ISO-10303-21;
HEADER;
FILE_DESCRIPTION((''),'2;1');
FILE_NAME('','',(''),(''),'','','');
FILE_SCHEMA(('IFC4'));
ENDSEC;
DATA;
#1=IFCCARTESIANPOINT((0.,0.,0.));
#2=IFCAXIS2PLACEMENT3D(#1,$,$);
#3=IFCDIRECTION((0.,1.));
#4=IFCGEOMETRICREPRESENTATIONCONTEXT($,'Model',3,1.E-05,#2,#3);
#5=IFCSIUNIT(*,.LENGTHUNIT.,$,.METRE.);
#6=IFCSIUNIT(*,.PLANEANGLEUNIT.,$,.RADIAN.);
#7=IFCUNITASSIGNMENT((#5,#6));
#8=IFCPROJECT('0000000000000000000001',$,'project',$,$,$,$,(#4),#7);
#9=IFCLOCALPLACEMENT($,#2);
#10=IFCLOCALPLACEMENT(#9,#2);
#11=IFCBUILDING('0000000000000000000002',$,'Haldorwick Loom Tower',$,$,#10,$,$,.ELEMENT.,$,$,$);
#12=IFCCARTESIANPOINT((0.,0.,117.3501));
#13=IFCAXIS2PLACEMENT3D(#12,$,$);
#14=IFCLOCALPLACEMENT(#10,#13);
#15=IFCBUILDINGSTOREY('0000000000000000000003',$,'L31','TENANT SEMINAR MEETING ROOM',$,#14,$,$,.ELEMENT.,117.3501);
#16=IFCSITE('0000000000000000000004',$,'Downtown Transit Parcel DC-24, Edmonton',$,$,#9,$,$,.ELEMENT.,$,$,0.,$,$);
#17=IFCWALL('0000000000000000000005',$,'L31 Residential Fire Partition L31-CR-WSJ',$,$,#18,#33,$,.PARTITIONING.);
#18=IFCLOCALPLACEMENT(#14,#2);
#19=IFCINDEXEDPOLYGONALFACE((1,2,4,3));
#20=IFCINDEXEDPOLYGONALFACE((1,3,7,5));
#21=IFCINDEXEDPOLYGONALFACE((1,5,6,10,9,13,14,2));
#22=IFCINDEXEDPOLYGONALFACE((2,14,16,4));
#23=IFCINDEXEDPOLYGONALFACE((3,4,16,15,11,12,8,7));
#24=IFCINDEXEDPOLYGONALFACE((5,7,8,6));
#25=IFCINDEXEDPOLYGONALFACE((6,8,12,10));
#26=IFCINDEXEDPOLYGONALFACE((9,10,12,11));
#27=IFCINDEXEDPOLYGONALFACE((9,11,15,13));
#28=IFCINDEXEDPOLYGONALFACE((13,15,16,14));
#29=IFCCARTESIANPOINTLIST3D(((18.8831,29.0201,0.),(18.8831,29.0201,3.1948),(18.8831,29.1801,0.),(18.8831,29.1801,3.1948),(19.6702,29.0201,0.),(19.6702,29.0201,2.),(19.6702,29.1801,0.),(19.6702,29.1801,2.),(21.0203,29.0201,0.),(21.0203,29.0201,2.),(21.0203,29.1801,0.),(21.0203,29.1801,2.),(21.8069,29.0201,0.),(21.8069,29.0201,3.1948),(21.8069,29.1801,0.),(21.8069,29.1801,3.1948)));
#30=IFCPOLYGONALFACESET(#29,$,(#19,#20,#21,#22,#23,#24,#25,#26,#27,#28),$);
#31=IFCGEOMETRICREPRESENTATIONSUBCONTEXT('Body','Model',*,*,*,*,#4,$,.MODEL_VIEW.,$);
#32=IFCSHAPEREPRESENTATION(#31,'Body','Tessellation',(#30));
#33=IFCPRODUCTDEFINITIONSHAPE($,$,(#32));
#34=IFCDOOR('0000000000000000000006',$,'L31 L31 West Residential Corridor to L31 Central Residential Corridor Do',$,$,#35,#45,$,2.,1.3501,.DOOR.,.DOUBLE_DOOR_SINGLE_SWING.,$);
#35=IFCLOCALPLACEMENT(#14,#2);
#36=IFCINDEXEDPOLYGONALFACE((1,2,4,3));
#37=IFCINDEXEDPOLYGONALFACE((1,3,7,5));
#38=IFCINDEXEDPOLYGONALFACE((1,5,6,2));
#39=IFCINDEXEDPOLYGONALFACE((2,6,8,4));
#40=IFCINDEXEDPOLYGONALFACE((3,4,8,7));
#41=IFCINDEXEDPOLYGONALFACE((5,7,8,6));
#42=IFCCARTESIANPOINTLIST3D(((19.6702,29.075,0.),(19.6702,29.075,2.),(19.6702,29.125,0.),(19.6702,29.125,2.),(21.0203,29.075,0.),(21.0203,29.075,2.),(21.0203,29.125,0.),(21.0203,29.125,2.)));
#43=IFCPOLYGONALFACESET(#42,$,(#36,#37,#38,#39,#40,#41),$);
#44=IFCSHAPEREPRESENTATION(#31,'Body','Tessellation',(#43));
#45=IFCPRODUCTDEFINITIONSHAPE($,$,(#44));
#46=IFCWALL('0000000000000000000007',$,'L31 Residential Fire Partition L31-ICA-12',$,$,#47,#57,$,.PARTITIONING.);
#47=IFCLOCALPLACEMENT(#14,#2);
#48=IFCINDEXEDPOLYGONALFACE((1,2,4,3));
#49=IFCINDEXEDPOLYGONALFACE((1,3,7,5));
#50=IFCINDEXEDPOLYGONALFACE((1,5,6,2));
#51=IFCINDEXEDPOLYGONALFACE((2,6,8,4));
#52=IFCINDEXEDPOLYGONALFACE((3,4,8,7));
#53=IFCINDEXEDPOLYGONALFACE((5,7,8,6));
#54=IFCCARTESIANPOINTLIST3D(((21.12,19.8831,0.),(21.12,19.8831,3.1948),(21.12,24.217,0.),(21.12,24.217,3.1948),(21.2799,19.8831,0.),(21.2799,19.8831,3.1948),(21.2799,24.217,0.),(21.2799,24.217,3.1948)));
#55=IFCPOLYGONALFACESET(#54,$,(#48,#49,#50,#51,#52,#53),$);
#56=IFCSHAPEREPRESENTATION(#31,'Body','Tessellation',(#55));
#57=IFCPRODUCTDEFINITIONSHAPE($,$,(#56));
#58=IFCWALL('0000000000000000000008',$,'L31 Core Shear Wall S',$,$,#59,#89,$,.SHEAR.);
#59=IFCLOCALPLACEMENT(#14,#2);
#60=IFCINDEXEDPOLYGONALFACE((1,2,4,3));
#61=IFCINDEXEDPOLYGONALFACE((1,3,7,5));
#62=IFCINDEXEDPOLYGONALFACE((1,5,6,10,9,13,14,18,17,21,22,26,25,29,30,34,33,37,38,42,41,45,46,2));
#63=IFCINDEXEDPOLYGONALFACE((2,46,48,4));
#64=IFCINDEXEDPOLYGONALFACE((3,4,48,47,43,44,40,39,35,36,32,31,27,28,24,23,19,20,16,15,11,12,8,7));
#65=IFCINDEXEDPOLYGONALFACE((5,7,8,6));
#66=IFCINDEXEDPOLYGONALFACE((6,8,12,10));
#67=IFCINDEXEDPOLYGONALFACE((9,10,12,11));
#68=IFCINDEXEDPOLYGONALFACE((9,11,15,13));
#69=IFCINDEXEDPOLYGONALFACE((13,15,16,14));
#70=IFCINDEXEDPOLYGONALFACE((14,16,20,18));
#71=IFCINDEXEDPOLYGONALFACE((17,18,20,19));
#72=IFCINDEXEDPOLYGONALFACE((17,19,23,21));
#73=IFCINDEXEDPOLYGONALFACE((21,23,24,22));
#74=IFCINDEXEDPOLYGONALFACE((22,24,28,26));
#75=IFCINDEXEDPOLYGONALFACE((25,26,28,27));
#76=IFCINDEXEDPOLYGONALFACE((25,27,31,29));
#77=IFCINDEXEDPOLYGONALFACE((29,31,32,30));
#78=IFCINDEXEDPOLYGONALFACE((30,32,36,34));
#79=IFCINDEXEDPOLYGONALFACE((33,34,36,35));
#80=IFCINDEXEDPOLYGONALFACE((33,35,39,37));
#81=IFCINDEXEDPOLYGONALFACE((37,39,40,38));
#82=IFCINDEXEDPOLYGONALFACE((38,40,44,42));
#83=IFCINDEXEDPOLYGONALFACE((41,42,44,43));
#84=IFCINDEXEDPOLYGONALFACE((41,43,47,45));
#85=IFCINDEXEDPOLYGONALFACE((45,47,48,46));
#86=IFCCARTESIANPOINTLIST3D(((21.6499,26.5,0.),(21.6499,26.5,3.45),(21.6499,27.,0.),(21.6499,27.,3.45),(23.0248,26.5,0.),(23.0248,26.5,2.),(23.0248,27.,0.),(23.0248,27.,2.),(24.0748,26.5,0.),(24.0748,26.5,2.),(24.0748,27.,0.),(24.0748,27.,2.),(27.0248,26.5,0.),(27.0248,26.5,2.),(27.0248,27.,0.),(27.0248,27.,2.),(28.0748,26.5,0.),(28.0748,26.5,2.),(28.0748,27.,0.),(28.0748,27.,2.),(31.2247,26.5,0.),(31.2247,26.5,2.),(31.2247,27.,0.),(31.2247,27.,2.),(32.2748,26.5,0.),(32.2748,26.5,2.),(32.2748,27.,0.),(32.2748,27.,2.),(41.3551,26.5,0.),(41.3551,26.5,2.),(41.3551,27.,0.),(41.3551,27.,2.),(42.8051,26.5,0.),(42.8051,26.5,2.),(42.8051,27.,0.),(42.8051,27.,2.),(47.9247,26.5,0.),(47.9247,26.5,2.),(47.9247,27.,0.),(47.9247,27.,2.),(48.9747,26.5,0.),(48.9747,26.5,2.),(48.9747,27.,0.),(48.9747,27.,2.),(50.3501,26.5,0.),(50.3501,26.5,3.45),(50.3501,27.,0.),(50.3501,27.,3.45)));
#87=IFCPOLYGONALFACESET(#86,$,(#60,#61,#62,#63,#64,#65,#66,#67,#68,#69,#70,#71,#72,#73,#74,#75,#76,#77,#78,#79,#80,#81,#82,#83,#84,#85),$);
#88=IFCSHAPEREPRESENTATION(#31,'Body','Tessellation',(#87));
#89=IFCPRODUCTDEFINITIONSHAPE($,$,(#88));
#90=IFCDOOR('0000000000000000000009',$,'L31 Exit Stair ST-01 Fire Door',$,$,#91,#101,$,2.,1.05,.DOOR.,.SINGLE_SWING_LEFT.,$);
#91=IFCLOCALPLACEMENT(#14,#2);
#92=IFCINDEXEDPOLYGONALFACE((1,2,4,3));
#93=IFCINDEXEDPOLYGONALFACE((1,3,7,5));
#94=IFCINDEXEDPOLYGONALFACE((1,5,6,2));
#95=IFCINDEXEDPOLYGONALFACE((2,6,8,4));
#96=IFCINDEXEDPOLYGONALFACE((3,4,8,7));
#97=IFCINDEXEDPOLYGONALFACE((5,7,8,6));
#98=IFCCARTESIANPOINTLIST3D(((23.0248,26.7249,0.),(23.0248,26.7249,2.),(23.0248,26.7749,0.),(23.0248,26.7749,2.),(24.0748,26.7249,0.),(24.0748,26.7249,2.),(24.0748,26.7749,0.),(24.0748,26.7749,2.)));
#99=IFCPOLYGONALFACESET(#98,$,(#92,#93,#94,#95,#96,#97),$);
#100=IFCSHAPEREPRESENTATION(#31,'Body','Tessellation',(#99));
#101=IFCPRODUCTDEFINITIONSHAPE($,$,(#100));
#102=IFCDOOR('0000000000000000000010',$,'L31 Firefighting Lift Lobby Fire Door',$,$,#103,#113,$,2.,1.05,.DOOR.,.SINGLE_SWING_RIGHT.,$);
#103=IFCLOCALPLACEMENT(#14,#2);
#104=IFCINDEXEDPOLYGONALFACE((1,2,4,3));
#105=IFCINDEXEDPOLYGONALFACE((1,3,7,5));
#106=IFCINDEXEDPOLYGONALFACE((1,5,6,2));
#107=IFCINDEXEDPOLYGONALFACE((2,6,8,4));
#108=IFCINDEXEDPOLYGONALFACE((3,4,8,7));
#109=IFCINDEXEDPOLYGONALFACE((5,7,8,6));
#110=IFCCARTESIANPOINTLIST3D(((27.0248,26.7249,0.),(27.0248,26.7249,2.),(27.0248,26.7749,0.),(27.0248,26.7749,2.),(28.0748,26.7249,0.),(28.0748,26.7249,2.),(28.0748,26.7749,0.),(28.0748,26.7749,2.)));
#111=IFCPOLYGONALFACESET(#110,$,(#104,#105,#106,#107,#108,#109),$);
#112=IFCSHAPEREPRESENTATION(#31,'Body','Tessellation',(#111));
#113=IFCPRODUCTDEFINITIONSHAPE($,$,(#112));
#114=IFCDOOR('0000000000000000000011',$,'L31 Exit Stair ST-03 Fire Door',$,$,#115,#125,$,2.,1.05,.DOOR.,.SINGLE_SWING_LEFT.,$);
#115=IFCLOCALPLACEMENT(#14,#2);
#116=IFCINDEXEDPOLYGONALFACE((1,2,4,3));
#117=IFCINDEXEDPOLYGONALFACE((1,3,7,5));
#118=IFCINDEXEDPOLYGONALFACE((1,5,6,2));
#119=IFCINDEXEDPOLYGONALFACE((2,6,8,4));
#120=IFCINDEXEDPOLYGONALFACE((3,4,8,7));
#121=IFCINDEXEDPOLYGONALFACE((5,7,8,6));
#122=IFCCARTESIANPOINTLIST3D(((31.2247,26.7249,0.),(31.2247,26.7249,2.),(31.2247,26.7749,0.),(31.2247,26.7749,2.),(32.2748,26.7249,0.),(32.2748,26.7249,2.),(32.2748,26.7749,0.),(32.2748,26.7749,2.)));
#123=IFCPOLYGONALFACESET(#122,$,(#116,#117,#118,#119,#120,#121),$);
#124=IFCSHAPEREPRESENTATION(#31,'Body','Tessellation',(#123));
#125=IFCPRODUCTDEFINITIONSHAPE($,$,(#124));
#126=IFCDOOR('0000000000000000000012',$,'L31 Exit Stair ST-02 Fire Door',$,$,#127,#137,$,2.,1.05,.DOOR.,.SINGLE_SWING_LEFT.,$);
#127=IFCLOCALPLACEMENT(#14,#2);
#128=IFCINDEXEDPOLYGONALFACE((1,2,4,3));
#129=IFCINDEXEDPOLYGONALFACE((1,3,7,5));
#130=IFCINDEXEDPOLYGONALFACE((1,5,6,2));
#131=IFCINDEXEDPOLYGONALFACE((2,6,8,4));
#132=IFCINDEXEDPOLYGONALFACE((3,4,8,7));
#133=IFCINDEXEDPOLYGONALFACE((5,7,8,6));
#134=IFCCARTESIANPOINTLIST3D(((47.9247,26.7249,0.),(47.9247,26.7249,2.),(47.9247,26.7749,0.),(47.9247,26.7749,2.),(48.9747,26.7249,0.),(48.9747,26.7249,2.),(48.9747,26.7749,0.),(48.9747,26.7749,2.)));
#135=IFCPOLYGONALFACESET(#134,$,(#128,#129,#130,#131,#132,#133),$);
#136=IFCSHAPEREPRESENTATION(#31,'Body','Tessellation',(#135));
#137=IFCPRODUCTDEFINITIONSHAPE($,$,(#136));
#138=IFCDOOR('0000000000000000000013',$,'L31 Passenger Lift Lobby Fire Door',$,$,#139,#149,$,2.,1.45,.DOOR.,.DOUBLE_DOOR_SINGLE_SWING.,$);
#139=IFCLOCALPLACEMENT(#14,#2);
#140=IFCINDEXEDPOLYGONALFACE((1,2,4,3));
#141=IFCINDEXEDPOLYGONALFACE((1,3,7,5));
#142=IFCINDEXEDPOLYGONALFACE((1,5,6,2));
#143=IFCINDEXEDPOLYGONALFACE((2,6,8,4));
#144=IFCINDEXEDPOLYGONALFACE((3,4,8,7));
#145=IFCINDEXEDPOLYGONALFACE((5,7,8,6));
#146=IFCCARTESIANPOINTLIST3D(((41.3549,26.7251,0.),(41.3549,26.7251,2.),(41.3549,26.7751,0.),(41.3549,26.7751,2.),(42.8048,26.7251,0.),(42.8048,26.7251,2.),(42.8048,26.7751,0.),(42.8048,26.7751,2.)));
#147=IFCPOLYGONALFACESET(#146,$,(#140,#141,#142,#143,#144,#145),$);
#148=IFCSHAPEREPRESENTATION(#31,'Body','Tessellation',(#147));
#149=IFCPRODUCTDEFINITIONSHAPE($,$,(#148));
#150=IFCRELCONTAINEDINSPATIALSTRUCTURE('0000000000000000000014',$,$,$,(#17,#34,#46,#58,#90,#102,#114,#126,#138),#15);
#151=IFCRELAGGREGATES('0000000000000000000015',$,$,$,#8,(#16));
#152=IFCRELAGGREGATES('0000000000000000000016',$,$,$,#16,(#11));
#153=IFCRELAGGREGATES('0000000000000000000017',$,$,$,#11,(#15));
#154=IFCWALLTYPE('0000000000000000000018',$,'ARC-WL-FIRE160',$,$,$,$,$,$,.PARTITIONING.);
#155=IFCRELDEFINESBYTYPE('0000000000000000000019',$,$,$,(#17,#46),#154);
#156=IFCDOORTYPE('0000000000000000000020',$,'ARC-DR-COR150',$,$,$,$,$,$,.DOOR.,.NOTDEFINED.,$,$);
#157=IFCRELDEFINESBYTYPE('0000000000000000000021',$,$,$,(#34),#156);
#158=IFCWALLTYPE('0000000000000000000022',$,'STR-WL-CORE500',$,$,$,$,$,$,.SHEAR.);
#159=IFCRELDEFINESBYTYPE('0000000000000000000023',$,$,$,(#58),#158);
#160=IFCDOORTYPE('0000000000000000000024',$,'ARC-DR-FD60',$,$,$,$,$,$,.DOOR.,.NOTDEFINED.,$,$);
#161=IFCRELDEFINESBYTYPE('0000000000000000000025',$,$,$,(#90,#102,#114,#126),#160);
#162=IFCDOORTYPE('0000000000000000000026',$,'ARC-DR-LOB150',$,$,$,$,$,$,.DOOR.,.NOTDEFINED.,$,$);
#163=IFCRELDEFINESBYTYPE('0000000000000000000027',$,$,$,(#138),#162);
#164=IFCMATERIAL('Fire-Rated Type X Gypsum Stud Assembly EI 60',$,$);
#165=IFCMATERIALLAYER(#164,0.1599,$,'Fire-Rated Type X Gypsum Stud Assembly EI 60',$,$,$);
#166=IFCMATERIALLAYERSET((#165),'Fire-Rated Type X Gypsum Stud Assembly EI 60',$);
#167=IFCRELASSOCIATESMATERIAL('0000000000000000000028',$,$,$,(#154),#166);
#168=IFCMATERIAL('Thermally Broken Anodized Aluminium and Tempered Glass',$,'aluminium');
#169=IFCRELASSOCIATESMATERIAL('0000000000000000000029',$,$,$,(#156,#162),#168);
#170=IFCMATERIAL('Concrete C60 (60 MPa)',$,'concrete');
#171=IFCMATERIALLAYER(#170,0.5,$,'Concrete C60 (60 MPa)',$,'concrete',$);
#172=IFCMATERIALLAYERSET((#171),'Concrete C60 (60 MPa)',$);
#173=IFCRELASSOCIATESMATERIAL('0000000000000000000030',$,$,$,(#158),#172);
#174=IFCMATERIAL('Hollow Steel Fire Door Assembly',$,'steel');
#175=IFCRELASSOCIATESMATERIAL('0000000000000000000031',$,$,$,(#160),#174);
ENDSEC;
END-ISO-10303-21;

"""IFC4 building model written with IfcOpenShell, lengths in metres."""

from ifc_helpers import new_model, si_unit, direction, frame, frame_2d, origin, place, context, subcontext, project, spatial, rectangle, extrude, material, layer, layer_set, type_object, element, fill, save


model = new_model("IFC4")

# Units and contexts
model_context = context("Model", 3, precision=1e-05, world=origin(), true_north=direction((0.0, 1.0)))
body_context = subcontext(model_context, "Body", "Model", "MODEL_VIEW")
ifc_project = project(units=[si_unit("LENGTHUNIT", "METRE"), si_unit("PLANEANGLEUNIT", "RADIAN")], contexts=[model_context])

# Site, building, storey
site_placement = place(None, origin())
site = spatial("IfcSite", under=ifc_project, at=site_placement, Name="Downtown Transit Parcel DC-24, Edmonton", CompositionType="ELEMENT", RefElevation=0.0)
building_placement = place(site_placement, origin())
building = spatial("IfcBuilding", under=site, at=building_placement, Name="Haldorwick Loom Tower", CompositionType="ELEMENT")
storey_placement = place(building_placement, frame((0.0, 0.0, 117.3501)))
storey = spatial("IfcBuildingStorey", under=building, at=storey_placement, Name="L31", Description="TENANT SEMINAR MEETING ROOM", CompositionType="ELEMENT", Elevation=117.3501)

# Shared definitions
ifc_material_1 = material(Name="Concrete C60 (60 MPa)", Category="concrete")

# Wall, opening, door
ifc_material_2 = material(Name="Fire-Rated Type X Gypsum Stud Assembly EI 60")
ifc_layer_1 = layer(ifc_material_2, 0.1599, Name="Fire-Rated Type X Gypsum Stud Assembly EI 60")
ifc_layer_set_1 = layer_set([ifc_layer_1], Name="Fire-Rated Type X Gypsum Stud Assembly EI 60")
wall_type_1 = type_object("IfcWallType", Name="ARC-WL-FIRE160", PredefinedType="PARTITIONING", material=ifc_layer_set_1)
wall_1_placement = place(storey_placement, frame((18.8831, 29.1001, 0.0), z_axis=(0.0, 0.0, 1.0), x_axis=(1.0, 0.0, 0.0)))
wall_1 = element("IfcWall", 1, at=wall_1_placement, inside=storey, type_object=wall_type_1, Name="L31 Residential Fire Partition L31-CR-WSJ", PredefinedType="PARTITIONING", context=body_context, shape_type="SweptSolid", body=[
    extrude(rectangle(XDim=2.9238, YDim=0.1599, at=frame_2d((1.4619, 0.0))), origin(), (0.0, 0.0, 1.0), 3.1948),
])
opening_1_placement = place(wall_1_placement, frame((0.7871, 0.0, 0.0)))
opening_1 = element("IfcOpeningElement", 2, at=opening_1_placement, cuts=wall_1, PredefinedType="OPENING", context=body_context, shape_type="SweptSolid", body=[
    extrude(rectangle(XDim=1.3501, YDim=2.0, at=frame_2d((0.675, 1.0))), frame((0.0, 0.0898, 0.0), z_axis=(0.0, -1.0, 0.0), x_axis=(1.0, 0.0, 0.0)), (0.0, 0.0, 1.0), 0.1799),
])
ifc_material_3 = material(Name="Thermally Broken Anodized Aluminium and Tempered Glass", Category="aluminium")
door_type_1 = type_object("IfcDoorType", Name="ARC-DR-COR150", OperationType="NOTDEFINED", PredefinedType="DOOR", material=ifc_material_3)
door_1_placement = place(opening_1_placement, origin())
door_1 = element("IfcDoor", 3, at=door_1_placement, inside=storey, type_object=door_type_1, Name="L31 L31 West Residential Corridor to L31 Central Residential Corridor Do", OperationType="DOUBLE_DOOR_SINGLE_SWING", OverallHeight=2.0, OverallWidth=1.3501, PredefinedType="DOOR", context=body_context, shape_type="SweptSolid", body=[
    extrude(rectangle(XDim=1.3501, YDim=2.0, at=frame_2d((0.675, 1.0))), frame((0.0, 0.0249, 0.0), z_axis=(0.0, -1.0, 0.0), x_axis=(1.0, 0.0, 0.0)), (0.0, 0.0, 1.0), 0.05),
])
fill(opening_1, door_1)

# Wall
wall_2_placement = place(storey_placement, frame((21.2, 24.217, 0.0), z_axis=(0.0, 0.0, 1.0), x_axis=(0.0, -1.0, 0.0)))
element("IfcWall", 4, at=wall_2_placement, inside=storey, type_object=wall_type_1, Name="L31 Residential Fire Partition L31-ICA-12", PredefinedType="PARTITIONING", context=body_context, shape_type="SweptSolid", body=[
    extrude(rectangle(XDim=4.334, YDim=0.1599, at=frame_2d((2.167, 0.0))), origin(), (0.0, 0.0, 1.0), 3.1948),
])

# Wall, openings, doors
ifc_layer_2 = layer(ifc_material_1, 0.5, Name="Concrete C60 (60 MPa)", Category="concrete")
ifc_layer_set_2 = layer_set([ifc_layer_2], Name="Concrete C60 (60 MPa)")
wall_type_2 = type_object("IfcWallType", Name="STR-WL-CORE500", PredefinedType="SHEAR", material=ifc_layer_set_2)
wall_3_placement = place(storey_placement, frame((21.6499, 26.75, 0.0), z_axis=(0.0, 0.0, 1.0), x_axis=(1.0, 0.0, 0.0)))
wall_3 = element("IfcWall", 5, at=wall_3_placement, inside=storey, type_object=wall_type_2, Name="L31 Core Shear Wall S", PredefinedType="SHEAR", context=body_context, shape_type="SweptSolid", body=[
    extrude(rectangle(XDim=28.7002, YDim=0.5, at=frame_2d((14.3501, 0.0))), origin(), (0.0, 0.0, 1.0), 3.45),
])
opening_2_placement = place(wall_3_placement, frame((1.375, 0.0, 0.0)))
opening_2 = element("IfcOpeningElement", 6, at=opening_2_placement, cuts=wall_3, PredefinedType="OPENING", context=body_context, shape_type="SweptSolid", body=[
    extrude(rectangle(XDim=1.05, YDim=2.0, at=frame_2d((0.5249, 1.0))), frame((0.0, 0.26, 0.0), z_axis=(0.0, -1.0, 0.0), x_axis=(1.0, 0.0, 0.0)), (0.0, 0.0, 1.0), 0.52),
])
opening_3_placement = place(wall_3_placement, frame((5.375, 0.0, 0.0)))
opening_3 = element("IfcOpeningElement", 7, at=opening_3_placement, cuts=wall_3, PredefinedType="OPENING", context=body_context, shape_type="SweptSolid", body=[
    extrude(rectangle(XDim=1.05, YDim=2.0, at=frame_2d((0.5249, 1.0))), frame((0.0, 0.26, 0.0), z_axis=(0.0, -1.0, 0.0), x_axis=(1.0, 0.0, 0.0)), (0.0, 0.0, 1.0), 0.52),
])
opening_4_placement = place(wall_3_placement, frame((9.575, 0.0, 0.0)))
opening_4 = element("IfcOpeningElement", 8, at=opening_4_placement, cuts=wall_3, PredefinedType="OPENING", context=body_context, shape_type="SweptSolid", body=[
    extrude(rectangle(XDim=1.05, YDim=2.0, at=frame_2d((0.5249, 1.0))), frame((0.0, 0.26, 0.0), z_axis=(0.0, -1.0, 0.0), x_axis=(1.0, 0.0, 0.0)), (0.0, 0.0, 1.0), 0.52),
])
opening_5_placement = place(wall_3_placement, frame((19.7051, 0.0, 0.0)))
opening_5 = element("IfcOpeningElement", 9, at=opening_5_placement, cuts=wall_3, PredefinedType="OPENING", context=body_context, shape_type="SweptSolid", body=[
    extrude(rectangle(XDim=1.45, YDim=2.0, at=frame_2d((0.7251, 1.0))), frame((0.0, 0.26, 0.0), z_axis=(0.0, -1.0, 0.0), x_axis=(1.0, 0.0, 0.0)), (0.0, 0.0, 1.0), 0.52),
])
opening_6_placement = place(wall_3_placement, frame((26.2749, 0.0, 0.0)))
opening_6 = element("IfcOpeningElement", 10, at=opening_6_placement, cuts=wall_3, PredefinedType="OPENING", context=body_context, shape_type="SweptSolid", body=[
    extrude(rectangle(XDim=1.05, YDim=2.0, at=frame_2d((0.5249, 1.0))), frame((0.0, 0.26, 0.0), z_axis=(0.0, -1.0, 0.0), x_axis=(1.0, 0.0, 0.0)), (0.0, 0.0, 1.0), 0.52),
])
ifc_material_4 = material(Name="Hollow Steel Fire Door Assembly", Category="steel")
door_type_2 = type_object("IfcDoorType", Name="ARC-DR-FD60", OperationType="NOTDEFINED", PredefinedType="DOOR", material=ifc_material_4)
door_2_placement = place(opening_2_placement, origin())
door_2 = element("IfcDoor", 11, at=door_2_placement, inside=storey, type_object=door_type_2, Name="L31 Exit Stair ST-01 Fire Door", OperationType="SINGLE_SWING_LEFT", OverallHeight=2.0, OverallWidth=1.05, PredefinedType="DOOR", context=body_context, shape_type="SweptSolid", body=[
    extrude(rectangle(XDim=1.05, YDim=2.0, at=frame_2d((0.5249, 1.0))), frame((0.0, 0.0249, 0.0), z_axis=(0.0, -1.0, 0.0), x_axis=(1.0, 0.0, 0.0)), (0.0, 0.0, 1.0), 0.05),
])
fill(opening_2, door_2)
door_3_placement = place(opening_3_placement, origin())
door_3 = element("IfcDoor", 12, at=door_3_placement, inside=storey, type_object=door_type_2, Name="L31 Firefighting Lift Lobby Fire Door", OperationType="SINGLE_SWING_RIGHT", OverallHeight=2.0, OverallWidth=1.05, PredefinedType="DOOR", context=body_context, shape_type="SweptSolid", body=[
    extrude(rectangle(XDim=1.05, YDim=2.0, at=frame_2d((0.5249, 1.0))), frame((0.0, 0.0249, 0.0), z_axis=(0.0, -1.0, 0.0), x_axis=(1.0, 0.0, 0.0)), (0.0, 0.0, 1.0), 0.05),
])
fill(opening_3, door_3)
door_4_placement = place(opening_4_placement, origin())
door_4 = element("IfcDoor", 13, at=door_4_placement, inside=storey, type_object=door_type_2, Name="L31 Exit Stair ST-03 Fire Door", OperationType="SINGLE_SWING_LEFT", OverallHeight=2.0, OverallWidth=1.05, PredefinedType="DOOR", context=body_context, shape_type="SweptSolid", body=[
    extrude(rectangle(XDim=1.05, YDim=2.0, at=frame_2d((0.5249, 1.0))), frame((0.0, 0.0249, 0.0), z_axis=(0.0, -1.0, 0.0), x_axis=(1.0, 0.0, 0.0)), (0.0, 0.0, 1.0), 0.05),
])
fill(opening_4, door_4)
door_5_placement = place(opening_6_placement, origin())
door_5 = element("IfcDoor", 14, at=door_5_placement, inside=storey, type_object=door_type_2, Name="L31 Exit Stair ST-02 Fire Door", OperationType="SINGLE_SWING_LEFT", OverallHeight=2.0, OverallWidth=1.05, PredefinedType="DOOR", context=body_context, shape_type="SweptSolid", body=[
    extrude(rectangle(XDim=1.05, YDim=2.0, at=frame_2d((0.5249, 1.0))), frame((0.0, 0.0249, 0.0), z_axis=(0.0, -1.0, 0.0), x_axis=(1.0, 0.0, 0.0)), (0.0, 0.0, 1.0), 0.05),
])
fill(opening_6, door_5)
door_type_3 = type_object("IfcDoorType", Name="ARC-DR-LOB150", OperationType="NOTDEFINED", PredefinedType="DOOR", material=ifc_material_3)
door_6_placement = place(opening_5_placement, frame((1.45, 0.0, 0.0), z_axis=(0.0, 0.0, 1.0), x_axis=(-1.0, 0.0, 0.0)))
door_6 = element("IfcDoor", 15, at=door_6_placement, inside=storey, type_object=door_type_3, Name="L31 Passenger Lift Lobby Fire Door", OperationType="DOUBLE_DOOR_SINGLE_SWING", OverallHeight=2.0, OverallWidth=1.45, PredefinedType="DOOR", context=body_context, shape_type="SweptSolid", body=[
    extrude(rectangle(XDim=1.45, YDim=2.0, at=frame_2d((0.7251, 1.0))), frame((0.0, 0.0249, 0.0), z_axis=(0.0, -1.0, 0.0), x_axis=(1.0, 0.0, 0.0)), (0.0, 0.0, 1.0), 0.05),
])
fill(opening_5, door_6)

save(model, "model.ifc")
